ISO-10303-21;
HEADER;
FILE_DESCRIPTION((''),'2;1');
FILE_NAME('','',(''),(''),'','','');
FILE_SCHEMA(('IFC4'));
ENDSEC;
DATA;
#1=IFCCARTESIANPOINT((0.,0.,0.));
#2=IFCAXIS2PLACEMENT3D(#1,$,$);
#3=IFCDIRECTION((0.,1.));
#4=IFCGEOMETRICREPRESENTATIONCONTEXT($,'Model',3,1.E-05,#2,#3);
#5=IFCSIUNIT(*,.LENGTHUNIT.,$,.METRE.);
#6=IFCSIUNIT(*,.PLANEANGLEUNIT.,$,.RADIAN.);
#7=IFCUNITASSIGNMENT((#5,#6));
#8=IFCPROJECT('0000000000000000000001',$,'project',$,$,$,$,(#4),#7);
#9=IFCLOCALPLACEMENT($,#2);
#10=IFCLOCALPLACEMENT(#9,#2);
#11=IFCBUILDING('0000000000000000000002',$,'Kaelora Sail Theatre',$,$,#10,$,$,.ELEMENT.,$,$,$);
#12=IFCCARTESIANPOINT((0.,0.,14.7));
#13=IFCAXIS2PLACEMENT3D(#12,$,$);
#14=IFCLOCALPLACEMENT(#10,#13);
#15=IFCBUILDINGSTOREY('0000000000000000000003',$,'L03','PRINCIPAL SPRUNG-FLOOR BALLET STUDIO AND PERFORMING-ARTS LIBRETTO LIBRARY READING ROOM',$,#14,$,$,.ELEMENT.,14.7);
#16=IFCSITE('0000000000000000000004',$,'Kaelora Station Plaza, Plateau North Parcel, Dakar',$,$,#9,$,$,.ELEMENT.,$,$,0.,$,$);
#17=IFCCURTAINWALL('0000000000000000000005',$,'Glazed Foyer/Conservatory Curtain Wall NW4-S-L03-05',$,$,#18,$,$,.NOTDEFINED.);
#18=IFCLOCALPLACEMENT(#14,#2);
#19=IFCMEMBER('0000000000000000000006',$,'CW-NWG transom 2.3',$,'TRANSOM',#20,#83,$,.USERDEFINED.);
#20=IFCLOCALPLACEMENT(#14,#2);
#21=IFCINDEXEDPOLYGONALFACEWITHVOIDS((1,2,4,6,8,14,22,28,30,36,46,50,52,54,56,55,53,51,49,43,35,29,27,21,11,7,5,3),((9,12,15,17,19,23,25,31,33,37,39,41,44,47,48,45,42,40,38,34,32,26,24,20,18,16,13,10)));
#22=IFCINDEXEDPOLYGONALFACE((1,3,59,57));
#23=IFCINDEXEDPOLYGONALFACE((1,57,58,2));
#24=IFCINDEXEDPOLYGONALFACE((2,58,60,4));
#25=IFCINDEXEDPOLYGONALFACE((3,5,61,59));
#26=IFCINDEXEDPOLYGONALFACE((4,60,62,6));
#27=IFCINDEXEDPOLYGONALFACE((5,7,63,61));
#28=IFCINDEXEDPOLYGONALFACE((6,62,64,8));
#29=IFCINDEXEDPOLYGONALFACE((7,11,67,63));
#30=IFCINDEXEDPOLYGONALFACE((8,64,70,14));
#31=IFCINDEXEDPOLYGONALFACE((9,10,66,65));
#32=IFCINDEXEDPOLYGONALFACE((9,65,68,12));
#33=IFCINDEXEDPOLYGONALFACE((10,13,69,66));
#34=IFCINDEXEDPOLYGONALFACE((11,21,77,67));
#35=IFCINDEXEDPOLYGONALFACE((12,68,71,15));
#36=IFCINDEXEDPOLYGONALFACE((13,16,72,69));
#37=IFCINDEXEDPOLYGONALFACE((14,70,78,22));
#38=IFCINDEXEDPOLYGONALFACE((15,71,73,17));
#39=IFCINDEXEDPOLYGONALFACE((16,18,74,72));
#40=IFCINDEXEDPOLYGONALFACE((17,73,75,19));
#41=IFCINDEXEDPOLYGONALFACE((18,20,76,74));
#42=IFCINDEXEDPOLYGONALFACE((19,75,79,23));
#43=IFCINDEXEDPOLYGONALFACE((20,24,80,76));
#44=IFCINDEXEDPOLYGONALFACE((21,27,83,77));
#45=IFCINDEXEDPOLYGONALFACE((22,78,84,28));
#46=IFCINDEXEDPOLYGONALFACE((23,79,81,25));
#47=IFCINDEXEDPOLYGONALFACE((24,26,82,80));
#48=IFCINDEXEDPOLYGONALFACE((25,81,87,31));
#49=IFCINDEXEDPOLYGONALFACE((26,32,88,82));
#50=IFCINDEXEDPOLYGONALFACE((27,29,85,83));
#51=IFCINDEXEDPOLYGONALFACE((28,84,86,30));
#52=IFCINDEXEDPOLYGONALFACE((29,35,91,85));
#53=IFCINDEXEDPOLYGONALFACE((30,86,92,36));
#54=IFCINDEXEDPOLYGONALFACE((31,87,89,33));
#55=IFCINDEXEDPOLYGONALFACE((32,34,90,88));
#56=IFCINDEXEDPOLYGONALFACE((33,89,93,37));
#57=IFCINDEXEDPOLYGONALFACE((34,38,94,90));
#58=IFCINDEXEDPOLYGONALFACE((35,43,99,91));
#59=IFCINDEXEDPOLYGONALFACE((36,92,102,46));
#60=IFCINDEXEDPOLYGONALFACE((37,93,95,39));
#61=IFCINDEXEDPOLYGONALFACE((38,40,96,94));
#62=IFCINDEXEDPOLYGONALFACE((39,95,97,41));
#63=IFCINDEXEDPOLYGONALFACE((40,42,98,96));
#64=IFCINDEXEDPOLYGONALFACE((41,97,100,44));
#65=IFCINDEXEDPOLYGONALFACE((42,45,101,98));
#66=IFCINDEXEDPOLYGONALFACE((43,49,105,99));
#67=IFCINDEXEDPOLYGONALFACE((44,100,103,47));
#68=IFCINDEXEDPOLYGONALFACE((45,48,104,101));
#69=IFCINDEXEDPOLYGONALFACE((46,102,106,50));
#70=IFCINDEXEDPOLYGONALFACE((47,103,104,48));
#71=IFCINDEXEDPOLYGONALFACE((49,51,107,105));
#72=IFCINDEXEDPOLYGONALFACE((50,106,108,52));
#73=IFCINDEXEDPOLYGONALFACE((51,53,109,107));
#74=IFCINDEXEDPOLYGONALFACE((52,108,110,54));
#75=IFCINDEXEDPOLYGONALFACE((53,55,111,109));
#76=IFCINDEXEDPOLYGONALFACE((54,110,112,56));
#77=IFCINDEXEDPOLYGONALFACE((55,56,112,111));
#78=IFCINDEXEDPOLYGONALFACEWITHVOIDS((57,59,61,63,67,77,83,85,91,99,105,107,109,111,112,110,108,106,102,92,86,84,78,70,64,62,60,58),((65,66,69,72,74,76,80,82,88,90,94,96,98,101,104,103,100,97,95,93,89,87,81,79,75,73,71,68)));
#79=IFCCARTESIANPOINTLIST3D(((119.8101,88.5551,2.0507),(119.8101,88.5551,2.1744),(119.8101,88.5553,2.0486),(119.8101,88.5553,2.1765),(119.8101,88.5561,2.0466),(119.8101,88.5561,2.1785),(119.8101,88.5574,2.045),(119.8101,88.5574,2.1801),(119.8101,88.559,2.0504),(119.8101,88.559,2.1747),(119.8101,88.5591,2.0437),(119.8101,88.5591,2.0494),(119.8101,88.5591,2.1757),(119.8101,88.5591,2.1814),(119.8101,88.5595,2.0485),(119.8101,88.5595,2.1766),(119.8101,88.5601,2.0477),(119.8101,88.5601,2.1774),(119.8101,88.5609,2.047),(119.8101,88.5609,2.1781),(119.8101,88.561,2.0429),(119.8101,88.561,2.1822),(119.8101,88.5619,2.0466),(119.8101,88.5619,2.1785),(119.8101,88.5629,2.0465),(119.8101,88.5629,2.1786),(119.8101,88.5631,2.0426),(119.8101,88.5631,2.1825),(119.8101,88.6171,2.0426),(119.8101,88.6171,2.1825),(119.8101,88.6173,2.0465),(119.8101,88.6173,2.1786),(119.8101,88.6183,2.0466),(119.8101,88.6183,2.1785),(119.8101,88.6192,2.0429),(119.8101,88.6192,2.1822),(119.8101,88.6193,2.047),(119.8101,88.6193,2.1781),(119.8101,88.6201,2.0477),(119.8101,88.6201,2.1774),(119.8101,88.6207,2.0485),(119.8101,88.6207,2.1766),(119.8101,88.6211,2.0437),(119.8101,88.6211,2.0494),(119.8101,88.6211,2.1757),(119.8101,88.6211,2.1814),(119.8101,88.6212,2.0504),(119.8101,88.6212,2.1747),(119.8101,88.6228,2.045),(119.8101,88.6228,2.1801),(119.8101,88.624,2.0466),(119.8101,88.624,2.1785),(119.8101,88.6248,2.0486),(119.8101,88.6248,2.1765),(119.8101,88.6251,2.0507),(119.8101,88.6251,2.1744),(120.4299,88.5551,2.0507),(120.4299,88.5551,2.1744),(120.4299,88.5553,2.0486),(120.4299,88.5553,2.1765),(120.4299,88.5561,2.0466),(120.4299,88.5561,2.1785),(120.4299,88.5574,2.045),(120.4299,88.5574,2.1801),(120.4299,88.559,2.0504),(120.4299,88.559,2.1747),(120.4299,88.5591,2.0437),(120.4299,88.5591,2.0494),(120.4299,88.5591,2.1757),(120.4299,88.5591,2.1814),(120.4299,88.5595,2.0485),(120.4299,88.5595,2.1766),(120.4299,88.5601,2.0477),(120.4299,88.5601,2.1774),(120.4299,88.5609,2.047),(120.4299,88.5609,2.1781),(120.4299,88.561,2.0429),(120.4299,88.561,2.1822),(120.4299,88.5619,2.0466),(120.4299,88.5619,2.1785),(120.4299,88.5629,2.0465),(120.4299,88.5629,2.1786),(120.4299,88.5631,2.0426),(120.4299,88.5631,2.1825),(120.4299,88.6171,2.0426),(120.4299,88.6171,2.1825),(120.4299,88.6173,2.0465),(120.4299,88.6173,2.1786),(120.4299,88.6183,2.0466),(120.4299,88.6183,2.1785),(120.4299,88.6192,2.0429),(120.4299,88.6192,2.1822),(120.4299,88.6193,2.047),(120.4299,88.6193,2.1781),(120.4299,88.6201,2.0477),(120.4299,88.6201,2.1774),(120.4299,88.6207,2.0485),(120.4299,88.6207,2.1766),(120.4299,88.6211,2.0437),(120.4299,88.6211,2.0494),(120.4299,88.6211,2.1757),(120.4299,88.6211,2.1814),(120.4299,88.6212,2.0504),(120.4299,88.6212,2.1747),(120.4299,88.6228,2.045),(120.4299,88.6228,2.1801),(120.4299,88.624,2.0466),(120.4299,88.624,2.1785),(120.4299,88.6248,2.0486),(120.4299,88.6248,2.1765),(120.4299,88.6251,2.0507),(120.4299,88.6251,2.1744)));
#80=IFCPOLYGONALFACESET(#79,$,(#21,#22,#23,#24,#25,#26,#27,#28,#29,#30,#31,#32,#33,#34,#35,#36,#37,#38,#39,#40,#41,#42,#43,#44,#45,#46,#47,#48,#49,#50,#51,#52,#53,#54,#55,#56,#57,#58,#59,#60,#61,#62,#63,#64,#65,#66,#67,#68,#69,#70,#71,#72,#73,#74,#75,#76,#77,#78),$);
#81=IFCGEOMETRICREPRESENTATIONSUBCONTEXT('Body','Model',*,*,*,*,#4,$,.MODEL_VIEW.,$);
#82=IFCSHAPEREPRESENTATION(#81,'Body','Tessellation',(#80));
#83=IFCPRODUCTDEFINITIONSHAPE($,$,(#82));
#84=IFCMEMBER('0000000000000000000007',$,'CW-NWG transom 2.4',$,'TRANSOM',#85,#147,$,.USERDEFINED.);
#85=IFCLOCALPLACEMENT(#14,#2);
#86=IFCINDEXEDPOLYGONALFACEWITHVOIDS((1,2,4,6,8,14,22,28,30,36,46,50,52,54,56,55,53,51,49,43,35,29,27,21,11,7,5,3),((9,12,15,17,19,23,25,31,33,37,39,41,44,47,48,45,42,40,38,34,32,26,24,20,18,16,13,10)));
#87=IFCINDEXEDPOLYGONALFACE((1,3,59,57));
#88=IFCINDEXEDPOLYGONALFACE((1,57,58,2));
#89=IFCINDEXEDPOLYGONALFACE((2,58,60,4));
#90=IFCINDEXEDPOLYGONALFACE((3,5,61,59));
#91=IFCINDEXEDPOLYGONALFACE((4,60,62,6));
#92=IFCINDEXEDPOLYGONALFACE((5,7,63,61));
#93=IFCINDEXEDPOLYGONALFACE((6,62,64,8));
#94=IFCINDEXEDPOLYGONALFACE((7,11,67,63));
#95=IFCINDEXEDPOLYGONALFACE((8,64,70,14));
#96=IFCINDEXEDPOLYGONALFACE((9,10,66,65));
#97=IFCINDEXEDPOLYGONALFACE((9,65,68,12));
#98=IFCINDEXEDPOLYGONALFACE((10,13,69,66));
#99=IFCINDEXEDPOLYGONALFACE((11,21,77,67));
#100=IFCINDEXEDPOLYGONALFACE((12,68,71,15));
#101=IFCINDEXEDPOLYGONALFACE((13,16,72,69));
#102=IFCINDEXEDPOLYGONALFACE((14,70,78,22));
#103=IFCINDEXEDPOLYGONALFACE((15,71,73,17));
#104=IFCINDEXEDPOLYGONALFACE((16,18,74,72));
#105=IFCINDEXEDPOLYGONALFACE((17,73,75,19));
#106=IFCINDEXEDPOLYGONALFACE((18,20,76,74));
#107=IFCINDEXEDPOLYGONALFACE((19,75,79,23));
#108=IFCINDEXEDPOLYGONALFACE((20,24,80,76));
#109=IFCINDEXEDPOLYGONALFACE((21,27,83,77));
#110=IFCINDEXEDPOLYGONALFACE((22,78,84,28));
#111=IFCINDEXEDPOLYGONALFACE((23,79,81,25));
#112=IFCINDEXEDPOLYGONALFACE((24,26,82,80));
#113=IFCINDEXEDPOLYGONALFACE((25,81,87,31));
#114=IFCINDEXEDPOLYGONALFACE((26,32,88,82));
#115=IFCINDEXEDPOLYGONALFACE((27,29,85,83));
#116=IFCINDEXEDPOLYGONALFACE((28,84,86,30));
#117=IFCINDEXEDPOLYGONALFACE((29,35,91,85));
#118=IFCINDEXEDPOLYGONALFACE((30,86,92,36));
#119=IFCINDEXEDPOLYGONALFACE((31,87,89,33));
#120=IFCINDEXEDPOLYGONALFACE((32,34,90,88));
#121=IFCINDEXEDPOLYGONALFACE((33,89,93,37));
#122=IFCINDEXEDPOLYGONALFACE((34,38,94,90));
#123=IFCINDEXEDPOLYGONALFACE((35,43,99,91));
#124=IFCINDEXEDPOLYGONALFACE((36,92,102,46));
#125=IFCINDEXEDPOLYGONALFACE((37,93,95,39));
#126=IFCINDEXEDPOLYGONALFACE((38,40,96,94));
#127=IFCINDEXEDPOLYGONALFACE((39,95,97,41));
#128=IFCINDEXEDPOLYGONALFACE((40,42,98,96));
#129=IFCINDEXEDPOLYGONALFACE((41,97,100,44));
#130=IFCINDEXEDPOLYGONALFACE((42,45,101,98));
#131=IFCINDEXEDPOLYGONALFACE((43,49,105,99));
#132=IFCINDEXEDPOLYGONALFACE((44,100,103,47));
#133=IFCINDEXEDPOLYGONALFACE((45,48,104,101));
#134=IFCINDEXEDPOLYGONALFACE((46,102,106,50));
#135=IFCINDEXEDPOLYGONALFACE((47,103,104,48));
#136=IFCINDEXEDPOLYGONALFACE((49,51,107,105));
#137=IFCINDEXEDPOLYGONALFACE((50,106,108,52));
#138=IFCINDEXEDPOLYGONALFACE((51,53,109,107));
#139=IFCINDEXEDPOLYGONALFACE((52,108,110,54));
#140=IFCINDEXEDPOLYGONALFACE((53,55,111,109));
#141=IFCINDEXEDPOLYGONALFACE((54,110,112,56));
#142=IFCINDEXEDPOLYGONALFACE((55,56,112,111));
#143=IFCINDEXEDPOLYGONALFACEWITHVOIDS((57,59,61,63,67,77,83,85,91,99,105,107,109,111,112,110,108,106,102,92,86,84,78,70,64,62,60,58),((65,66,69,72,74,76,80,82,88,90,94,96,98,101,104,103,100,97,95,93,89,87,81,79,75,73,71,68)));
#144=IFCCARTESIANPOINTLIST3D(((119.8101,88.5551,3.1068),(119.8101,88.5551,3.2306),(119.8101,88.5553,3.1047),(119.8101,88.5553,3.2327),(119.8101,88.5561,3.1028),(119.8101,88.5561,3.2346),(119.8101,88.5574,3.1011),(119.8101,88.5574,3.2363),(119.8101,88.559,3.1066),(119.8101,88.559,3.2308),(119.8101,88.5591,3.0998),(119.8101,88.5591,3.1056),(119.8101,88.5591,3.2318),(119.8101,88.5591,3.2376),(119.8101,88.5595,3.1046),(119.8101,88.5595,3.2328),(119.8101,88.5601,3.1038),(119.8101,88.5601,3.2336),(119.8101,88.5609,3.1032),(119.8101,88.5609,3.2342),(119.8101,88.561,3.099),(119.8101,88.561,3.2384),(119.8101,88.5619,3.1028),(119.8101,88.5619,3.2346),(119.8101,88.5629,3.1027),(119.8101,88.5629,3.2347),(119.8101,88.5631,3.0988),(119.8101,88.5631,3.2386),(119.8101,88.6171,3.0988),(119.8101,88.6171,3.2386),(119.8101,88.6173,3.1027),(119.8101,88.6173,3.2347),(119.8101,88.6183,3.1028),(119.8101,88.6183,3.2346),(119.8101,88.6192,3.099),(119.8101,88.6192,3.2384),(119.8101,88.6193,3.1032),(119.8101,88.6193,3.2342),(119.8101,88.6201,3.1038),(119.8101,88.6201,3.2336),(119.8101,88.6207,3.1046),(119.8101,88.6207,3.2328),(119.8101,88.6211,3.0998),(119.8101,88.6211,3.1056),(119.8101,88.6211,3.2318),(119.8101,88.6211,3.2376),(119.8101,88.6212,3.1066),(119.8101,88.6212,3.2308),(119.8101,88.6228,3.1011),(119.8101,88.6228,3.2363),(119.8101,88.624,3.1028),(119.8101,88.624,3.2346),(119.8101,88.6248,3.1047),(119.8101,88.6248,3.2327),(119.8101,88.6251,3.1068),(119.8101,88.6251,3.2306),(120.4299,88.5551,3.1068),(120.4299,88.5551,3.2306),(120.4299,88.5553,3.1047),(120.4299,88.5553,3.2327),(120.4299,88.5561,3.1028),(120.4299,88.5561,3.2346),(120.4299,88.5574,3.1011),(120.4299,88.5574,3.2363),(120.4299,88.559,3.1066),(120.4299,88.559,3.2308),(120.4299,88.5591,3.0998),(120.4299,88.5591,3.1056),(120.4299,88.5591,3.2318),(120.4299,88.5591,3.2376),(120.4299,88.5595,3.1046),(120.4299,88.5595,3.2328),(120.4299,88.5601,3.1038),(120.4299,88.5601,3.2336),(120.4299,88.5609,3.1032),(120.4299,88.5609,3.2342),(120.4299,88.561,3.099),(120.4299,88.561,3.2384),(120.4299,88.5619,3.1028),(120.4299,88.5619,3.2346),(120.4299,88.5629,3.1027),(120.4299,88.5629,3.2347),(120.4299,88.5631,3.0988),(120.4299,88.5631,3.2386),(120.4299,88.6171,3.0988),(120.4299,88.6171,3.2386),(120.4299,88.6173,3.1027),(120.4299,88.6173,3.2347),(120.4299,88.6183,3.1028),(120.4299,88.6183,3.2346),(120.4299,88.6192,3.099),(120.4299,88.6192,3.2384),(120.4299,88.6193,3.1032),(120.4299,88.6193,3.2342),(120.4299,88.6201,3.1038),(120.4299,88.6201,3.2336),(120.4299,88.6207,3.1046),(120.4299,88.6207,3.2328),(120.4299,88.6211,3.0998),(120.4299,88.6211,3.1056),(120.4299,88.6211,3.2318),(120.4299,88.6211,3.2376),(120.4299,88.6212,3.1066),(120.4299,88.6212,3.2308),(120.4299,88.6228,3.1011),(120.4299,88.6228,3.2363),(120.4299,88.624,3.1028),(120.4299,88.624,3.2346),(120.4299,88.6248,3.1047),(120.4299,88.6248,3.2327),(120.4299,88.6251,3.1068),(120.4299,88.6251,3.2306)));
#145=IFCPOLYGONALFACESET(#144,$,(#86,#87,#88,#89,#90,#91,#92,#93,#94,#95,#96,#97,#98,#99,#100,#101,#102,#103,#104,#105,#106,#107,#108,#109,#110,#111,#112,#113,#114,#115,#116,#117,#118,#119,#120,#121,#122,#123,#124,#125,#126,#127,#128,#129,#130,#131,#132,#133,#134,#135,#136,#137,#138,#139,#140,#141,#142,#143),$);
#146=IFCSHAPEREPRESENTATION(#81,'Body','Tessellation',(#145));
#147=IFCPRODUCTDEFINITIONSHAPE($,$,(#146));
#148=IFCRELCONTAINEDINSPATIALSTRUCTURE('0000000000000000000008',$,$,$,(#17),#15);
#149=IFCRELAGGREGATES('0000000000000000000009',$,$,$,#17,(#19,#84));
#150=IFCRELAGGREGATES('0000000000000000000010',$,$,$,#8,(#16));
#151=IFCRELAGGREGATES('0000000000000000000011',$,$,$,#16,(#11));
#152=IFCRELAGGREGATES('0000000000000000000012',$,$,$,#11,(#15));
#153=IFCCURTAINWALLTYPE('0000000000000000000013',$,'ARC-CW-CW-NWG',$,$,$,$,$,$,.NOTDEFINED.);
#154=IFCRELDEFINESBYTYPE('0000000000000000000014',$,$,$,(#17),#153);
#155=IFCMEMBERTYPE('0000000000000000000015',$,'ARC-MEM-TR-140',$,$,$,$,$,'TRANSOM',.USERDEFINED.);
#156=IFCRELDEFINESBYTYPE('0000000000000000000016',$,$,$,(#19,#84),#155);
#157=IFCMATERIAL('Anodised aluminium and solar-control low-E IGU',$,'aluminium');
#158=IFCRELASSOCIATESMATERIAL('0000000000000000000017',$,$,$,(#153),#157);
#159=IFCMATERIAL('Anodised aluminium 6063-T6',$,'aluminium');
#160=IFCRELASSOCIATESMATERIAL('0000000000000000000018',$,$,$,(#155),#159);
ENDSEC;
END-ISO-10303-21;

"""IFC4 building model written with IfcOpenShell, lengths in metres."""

from ifc_helpers import new_model, si_unit, direction, frame, origin, origin_2d, place, context, subcontext, project, spatial, hollow_rectangle, extrude, material, material_profile, profile_set, type_object, element, aggregate, save


model = new_model("IFC4")

# Units and contexts
model_context = context("Model", 3, precision=1e-05, world=origin(), true_north=direction((0.0, 1.0)))
body_context = subcontext(model_context, "Body", "Model", "MODEL_VIEW")
ifc_project = project(units=[si_unit("LENGTHUNIT", "METRE"), si_unit("PLANEANGLEUNIT", "RADIAN")], contexts=[model_context])

# Site, building, storey
site_placement = place(None, origin())
site = spatial("IfcSite", under=ifc_project, at=site_placement, Name="Kaelora Station Plaza, Plateau North Parcel, Dakar", CompositionType="ELEMENT", RefElevation=0.0)
building_placement = place(site_placement, origin())
building = spatial("IfcBuilding", under=site, at=building_placement, Name="Kaelora Sail Theatre", CompositionType="ELEMENT")
storey_placement = place(building_placement, frame((0.0, 0.0, 14.7)))
storey = spatial("IfcBuildingStorey", under=building, at=storey_placement, Name="L03", Description="PRINCIPAL SPRUNG-FLOOR BALLET STUDIO AND PERFORMING-ARTS LIBRETTO LIBRARY READING ROOM", CompositionType="ELEMENT", Elevation=14.7)

# Curtain wall, members
ifc_material_1 = material(Name="Anodised aluminium and solar-control low-E IGU", Category="aluminium")
curtain_wall_type = type_object("IfcCurtainWallType", Name="ARC-CW-CW-NWG", PredefinedType="NOTDEFINED", material=ifc_material_1)
ifc_material_2 = material(Name="Anodised aluminium 6063-T6", Category="aluminium")
ifc_material_profile = material_profile(ifc_material_2, hollow_rectangle(XDim=0.0701, YDim=0.1399, WallThickness=0.0039, InnerFilletRadius=0.0039, OuterFilletRadius=0.0081, at=origin_2d()), Name="ALU-TRAN 70x140x4")
ifc_profile_set = profile_set([ifc_material_profile], Name="Anodised aluminium 6063-T6")
member_type = type_object("IfcMemberType", Name="ARC-MEM-TR-140", ElementType="TRANSOM", PredefinedType="USERDEFINED", material=ifc_profile_set)
curtain_wall_1_placement = place(storey_placement, origin())
curtain_wall_1 = element("IfcCurtainWall", 1, at=curtain_wall_1_placement, inside=storey, type_object=curtain_wall_type, Name="Glazed Foyer/Conservatory Curtain Wall NW4-S-L03-05", PredefinedType="NOTDEFINED")
member_1_placement = place(storey_placement, frame((119.8101, 88.5901, 2.1125), z_axis=(1.0, 0.0, 0.0), x_axis=(0.0, 1.0, 0.0)))
member_1 = element("IfcMember", 2, at=member_1_placement, type_object=member_type, Name="CW-NWG transom 2.3", ObjectType="TRANSOM", PredefinedType="USERDEFINED", context=body_context, shape_type="SweptSolid", body=[
    extrude(hollow_rectangle(XDim=0.0701, YDim=0.1399, WallThickness=0.0039, InnerFilletRadius=0.0039, OuterFilletRadius=0.0081, at=origin_2d()), origin(), (0.0, 0.0, 1.0), 0.6199),
])
member_2_placement = place(storey_placement, frame((119.8101, 88.5901, 3.1687), z_axis=(1.0, 0.0, 0.0), x_axis=(0.0, 1.0, 0.0)))
member_2 = element("IfcMember", 3, at=member_2_placement, type_object=member_type, Name="CW-NWG transom 2.4", ObjectType="TRANSOM", PredefinedType="USERDEFINED", context=body_context, shape_type="SweptSolid", body=[
    extrude(hollow_rectangle(XDim=0.0701, YDim=0.1399, WallThickness=0.0039, InnerFilletRadius=0.0039, OuterFilletRadius=0.0081, at=origin_2d()), origin(), (0.0, 0.0, 1.0), 0.6199),
])

aggregate(curtain_wall_1, [member_1, member_2])

save(model, "model.ifc")
